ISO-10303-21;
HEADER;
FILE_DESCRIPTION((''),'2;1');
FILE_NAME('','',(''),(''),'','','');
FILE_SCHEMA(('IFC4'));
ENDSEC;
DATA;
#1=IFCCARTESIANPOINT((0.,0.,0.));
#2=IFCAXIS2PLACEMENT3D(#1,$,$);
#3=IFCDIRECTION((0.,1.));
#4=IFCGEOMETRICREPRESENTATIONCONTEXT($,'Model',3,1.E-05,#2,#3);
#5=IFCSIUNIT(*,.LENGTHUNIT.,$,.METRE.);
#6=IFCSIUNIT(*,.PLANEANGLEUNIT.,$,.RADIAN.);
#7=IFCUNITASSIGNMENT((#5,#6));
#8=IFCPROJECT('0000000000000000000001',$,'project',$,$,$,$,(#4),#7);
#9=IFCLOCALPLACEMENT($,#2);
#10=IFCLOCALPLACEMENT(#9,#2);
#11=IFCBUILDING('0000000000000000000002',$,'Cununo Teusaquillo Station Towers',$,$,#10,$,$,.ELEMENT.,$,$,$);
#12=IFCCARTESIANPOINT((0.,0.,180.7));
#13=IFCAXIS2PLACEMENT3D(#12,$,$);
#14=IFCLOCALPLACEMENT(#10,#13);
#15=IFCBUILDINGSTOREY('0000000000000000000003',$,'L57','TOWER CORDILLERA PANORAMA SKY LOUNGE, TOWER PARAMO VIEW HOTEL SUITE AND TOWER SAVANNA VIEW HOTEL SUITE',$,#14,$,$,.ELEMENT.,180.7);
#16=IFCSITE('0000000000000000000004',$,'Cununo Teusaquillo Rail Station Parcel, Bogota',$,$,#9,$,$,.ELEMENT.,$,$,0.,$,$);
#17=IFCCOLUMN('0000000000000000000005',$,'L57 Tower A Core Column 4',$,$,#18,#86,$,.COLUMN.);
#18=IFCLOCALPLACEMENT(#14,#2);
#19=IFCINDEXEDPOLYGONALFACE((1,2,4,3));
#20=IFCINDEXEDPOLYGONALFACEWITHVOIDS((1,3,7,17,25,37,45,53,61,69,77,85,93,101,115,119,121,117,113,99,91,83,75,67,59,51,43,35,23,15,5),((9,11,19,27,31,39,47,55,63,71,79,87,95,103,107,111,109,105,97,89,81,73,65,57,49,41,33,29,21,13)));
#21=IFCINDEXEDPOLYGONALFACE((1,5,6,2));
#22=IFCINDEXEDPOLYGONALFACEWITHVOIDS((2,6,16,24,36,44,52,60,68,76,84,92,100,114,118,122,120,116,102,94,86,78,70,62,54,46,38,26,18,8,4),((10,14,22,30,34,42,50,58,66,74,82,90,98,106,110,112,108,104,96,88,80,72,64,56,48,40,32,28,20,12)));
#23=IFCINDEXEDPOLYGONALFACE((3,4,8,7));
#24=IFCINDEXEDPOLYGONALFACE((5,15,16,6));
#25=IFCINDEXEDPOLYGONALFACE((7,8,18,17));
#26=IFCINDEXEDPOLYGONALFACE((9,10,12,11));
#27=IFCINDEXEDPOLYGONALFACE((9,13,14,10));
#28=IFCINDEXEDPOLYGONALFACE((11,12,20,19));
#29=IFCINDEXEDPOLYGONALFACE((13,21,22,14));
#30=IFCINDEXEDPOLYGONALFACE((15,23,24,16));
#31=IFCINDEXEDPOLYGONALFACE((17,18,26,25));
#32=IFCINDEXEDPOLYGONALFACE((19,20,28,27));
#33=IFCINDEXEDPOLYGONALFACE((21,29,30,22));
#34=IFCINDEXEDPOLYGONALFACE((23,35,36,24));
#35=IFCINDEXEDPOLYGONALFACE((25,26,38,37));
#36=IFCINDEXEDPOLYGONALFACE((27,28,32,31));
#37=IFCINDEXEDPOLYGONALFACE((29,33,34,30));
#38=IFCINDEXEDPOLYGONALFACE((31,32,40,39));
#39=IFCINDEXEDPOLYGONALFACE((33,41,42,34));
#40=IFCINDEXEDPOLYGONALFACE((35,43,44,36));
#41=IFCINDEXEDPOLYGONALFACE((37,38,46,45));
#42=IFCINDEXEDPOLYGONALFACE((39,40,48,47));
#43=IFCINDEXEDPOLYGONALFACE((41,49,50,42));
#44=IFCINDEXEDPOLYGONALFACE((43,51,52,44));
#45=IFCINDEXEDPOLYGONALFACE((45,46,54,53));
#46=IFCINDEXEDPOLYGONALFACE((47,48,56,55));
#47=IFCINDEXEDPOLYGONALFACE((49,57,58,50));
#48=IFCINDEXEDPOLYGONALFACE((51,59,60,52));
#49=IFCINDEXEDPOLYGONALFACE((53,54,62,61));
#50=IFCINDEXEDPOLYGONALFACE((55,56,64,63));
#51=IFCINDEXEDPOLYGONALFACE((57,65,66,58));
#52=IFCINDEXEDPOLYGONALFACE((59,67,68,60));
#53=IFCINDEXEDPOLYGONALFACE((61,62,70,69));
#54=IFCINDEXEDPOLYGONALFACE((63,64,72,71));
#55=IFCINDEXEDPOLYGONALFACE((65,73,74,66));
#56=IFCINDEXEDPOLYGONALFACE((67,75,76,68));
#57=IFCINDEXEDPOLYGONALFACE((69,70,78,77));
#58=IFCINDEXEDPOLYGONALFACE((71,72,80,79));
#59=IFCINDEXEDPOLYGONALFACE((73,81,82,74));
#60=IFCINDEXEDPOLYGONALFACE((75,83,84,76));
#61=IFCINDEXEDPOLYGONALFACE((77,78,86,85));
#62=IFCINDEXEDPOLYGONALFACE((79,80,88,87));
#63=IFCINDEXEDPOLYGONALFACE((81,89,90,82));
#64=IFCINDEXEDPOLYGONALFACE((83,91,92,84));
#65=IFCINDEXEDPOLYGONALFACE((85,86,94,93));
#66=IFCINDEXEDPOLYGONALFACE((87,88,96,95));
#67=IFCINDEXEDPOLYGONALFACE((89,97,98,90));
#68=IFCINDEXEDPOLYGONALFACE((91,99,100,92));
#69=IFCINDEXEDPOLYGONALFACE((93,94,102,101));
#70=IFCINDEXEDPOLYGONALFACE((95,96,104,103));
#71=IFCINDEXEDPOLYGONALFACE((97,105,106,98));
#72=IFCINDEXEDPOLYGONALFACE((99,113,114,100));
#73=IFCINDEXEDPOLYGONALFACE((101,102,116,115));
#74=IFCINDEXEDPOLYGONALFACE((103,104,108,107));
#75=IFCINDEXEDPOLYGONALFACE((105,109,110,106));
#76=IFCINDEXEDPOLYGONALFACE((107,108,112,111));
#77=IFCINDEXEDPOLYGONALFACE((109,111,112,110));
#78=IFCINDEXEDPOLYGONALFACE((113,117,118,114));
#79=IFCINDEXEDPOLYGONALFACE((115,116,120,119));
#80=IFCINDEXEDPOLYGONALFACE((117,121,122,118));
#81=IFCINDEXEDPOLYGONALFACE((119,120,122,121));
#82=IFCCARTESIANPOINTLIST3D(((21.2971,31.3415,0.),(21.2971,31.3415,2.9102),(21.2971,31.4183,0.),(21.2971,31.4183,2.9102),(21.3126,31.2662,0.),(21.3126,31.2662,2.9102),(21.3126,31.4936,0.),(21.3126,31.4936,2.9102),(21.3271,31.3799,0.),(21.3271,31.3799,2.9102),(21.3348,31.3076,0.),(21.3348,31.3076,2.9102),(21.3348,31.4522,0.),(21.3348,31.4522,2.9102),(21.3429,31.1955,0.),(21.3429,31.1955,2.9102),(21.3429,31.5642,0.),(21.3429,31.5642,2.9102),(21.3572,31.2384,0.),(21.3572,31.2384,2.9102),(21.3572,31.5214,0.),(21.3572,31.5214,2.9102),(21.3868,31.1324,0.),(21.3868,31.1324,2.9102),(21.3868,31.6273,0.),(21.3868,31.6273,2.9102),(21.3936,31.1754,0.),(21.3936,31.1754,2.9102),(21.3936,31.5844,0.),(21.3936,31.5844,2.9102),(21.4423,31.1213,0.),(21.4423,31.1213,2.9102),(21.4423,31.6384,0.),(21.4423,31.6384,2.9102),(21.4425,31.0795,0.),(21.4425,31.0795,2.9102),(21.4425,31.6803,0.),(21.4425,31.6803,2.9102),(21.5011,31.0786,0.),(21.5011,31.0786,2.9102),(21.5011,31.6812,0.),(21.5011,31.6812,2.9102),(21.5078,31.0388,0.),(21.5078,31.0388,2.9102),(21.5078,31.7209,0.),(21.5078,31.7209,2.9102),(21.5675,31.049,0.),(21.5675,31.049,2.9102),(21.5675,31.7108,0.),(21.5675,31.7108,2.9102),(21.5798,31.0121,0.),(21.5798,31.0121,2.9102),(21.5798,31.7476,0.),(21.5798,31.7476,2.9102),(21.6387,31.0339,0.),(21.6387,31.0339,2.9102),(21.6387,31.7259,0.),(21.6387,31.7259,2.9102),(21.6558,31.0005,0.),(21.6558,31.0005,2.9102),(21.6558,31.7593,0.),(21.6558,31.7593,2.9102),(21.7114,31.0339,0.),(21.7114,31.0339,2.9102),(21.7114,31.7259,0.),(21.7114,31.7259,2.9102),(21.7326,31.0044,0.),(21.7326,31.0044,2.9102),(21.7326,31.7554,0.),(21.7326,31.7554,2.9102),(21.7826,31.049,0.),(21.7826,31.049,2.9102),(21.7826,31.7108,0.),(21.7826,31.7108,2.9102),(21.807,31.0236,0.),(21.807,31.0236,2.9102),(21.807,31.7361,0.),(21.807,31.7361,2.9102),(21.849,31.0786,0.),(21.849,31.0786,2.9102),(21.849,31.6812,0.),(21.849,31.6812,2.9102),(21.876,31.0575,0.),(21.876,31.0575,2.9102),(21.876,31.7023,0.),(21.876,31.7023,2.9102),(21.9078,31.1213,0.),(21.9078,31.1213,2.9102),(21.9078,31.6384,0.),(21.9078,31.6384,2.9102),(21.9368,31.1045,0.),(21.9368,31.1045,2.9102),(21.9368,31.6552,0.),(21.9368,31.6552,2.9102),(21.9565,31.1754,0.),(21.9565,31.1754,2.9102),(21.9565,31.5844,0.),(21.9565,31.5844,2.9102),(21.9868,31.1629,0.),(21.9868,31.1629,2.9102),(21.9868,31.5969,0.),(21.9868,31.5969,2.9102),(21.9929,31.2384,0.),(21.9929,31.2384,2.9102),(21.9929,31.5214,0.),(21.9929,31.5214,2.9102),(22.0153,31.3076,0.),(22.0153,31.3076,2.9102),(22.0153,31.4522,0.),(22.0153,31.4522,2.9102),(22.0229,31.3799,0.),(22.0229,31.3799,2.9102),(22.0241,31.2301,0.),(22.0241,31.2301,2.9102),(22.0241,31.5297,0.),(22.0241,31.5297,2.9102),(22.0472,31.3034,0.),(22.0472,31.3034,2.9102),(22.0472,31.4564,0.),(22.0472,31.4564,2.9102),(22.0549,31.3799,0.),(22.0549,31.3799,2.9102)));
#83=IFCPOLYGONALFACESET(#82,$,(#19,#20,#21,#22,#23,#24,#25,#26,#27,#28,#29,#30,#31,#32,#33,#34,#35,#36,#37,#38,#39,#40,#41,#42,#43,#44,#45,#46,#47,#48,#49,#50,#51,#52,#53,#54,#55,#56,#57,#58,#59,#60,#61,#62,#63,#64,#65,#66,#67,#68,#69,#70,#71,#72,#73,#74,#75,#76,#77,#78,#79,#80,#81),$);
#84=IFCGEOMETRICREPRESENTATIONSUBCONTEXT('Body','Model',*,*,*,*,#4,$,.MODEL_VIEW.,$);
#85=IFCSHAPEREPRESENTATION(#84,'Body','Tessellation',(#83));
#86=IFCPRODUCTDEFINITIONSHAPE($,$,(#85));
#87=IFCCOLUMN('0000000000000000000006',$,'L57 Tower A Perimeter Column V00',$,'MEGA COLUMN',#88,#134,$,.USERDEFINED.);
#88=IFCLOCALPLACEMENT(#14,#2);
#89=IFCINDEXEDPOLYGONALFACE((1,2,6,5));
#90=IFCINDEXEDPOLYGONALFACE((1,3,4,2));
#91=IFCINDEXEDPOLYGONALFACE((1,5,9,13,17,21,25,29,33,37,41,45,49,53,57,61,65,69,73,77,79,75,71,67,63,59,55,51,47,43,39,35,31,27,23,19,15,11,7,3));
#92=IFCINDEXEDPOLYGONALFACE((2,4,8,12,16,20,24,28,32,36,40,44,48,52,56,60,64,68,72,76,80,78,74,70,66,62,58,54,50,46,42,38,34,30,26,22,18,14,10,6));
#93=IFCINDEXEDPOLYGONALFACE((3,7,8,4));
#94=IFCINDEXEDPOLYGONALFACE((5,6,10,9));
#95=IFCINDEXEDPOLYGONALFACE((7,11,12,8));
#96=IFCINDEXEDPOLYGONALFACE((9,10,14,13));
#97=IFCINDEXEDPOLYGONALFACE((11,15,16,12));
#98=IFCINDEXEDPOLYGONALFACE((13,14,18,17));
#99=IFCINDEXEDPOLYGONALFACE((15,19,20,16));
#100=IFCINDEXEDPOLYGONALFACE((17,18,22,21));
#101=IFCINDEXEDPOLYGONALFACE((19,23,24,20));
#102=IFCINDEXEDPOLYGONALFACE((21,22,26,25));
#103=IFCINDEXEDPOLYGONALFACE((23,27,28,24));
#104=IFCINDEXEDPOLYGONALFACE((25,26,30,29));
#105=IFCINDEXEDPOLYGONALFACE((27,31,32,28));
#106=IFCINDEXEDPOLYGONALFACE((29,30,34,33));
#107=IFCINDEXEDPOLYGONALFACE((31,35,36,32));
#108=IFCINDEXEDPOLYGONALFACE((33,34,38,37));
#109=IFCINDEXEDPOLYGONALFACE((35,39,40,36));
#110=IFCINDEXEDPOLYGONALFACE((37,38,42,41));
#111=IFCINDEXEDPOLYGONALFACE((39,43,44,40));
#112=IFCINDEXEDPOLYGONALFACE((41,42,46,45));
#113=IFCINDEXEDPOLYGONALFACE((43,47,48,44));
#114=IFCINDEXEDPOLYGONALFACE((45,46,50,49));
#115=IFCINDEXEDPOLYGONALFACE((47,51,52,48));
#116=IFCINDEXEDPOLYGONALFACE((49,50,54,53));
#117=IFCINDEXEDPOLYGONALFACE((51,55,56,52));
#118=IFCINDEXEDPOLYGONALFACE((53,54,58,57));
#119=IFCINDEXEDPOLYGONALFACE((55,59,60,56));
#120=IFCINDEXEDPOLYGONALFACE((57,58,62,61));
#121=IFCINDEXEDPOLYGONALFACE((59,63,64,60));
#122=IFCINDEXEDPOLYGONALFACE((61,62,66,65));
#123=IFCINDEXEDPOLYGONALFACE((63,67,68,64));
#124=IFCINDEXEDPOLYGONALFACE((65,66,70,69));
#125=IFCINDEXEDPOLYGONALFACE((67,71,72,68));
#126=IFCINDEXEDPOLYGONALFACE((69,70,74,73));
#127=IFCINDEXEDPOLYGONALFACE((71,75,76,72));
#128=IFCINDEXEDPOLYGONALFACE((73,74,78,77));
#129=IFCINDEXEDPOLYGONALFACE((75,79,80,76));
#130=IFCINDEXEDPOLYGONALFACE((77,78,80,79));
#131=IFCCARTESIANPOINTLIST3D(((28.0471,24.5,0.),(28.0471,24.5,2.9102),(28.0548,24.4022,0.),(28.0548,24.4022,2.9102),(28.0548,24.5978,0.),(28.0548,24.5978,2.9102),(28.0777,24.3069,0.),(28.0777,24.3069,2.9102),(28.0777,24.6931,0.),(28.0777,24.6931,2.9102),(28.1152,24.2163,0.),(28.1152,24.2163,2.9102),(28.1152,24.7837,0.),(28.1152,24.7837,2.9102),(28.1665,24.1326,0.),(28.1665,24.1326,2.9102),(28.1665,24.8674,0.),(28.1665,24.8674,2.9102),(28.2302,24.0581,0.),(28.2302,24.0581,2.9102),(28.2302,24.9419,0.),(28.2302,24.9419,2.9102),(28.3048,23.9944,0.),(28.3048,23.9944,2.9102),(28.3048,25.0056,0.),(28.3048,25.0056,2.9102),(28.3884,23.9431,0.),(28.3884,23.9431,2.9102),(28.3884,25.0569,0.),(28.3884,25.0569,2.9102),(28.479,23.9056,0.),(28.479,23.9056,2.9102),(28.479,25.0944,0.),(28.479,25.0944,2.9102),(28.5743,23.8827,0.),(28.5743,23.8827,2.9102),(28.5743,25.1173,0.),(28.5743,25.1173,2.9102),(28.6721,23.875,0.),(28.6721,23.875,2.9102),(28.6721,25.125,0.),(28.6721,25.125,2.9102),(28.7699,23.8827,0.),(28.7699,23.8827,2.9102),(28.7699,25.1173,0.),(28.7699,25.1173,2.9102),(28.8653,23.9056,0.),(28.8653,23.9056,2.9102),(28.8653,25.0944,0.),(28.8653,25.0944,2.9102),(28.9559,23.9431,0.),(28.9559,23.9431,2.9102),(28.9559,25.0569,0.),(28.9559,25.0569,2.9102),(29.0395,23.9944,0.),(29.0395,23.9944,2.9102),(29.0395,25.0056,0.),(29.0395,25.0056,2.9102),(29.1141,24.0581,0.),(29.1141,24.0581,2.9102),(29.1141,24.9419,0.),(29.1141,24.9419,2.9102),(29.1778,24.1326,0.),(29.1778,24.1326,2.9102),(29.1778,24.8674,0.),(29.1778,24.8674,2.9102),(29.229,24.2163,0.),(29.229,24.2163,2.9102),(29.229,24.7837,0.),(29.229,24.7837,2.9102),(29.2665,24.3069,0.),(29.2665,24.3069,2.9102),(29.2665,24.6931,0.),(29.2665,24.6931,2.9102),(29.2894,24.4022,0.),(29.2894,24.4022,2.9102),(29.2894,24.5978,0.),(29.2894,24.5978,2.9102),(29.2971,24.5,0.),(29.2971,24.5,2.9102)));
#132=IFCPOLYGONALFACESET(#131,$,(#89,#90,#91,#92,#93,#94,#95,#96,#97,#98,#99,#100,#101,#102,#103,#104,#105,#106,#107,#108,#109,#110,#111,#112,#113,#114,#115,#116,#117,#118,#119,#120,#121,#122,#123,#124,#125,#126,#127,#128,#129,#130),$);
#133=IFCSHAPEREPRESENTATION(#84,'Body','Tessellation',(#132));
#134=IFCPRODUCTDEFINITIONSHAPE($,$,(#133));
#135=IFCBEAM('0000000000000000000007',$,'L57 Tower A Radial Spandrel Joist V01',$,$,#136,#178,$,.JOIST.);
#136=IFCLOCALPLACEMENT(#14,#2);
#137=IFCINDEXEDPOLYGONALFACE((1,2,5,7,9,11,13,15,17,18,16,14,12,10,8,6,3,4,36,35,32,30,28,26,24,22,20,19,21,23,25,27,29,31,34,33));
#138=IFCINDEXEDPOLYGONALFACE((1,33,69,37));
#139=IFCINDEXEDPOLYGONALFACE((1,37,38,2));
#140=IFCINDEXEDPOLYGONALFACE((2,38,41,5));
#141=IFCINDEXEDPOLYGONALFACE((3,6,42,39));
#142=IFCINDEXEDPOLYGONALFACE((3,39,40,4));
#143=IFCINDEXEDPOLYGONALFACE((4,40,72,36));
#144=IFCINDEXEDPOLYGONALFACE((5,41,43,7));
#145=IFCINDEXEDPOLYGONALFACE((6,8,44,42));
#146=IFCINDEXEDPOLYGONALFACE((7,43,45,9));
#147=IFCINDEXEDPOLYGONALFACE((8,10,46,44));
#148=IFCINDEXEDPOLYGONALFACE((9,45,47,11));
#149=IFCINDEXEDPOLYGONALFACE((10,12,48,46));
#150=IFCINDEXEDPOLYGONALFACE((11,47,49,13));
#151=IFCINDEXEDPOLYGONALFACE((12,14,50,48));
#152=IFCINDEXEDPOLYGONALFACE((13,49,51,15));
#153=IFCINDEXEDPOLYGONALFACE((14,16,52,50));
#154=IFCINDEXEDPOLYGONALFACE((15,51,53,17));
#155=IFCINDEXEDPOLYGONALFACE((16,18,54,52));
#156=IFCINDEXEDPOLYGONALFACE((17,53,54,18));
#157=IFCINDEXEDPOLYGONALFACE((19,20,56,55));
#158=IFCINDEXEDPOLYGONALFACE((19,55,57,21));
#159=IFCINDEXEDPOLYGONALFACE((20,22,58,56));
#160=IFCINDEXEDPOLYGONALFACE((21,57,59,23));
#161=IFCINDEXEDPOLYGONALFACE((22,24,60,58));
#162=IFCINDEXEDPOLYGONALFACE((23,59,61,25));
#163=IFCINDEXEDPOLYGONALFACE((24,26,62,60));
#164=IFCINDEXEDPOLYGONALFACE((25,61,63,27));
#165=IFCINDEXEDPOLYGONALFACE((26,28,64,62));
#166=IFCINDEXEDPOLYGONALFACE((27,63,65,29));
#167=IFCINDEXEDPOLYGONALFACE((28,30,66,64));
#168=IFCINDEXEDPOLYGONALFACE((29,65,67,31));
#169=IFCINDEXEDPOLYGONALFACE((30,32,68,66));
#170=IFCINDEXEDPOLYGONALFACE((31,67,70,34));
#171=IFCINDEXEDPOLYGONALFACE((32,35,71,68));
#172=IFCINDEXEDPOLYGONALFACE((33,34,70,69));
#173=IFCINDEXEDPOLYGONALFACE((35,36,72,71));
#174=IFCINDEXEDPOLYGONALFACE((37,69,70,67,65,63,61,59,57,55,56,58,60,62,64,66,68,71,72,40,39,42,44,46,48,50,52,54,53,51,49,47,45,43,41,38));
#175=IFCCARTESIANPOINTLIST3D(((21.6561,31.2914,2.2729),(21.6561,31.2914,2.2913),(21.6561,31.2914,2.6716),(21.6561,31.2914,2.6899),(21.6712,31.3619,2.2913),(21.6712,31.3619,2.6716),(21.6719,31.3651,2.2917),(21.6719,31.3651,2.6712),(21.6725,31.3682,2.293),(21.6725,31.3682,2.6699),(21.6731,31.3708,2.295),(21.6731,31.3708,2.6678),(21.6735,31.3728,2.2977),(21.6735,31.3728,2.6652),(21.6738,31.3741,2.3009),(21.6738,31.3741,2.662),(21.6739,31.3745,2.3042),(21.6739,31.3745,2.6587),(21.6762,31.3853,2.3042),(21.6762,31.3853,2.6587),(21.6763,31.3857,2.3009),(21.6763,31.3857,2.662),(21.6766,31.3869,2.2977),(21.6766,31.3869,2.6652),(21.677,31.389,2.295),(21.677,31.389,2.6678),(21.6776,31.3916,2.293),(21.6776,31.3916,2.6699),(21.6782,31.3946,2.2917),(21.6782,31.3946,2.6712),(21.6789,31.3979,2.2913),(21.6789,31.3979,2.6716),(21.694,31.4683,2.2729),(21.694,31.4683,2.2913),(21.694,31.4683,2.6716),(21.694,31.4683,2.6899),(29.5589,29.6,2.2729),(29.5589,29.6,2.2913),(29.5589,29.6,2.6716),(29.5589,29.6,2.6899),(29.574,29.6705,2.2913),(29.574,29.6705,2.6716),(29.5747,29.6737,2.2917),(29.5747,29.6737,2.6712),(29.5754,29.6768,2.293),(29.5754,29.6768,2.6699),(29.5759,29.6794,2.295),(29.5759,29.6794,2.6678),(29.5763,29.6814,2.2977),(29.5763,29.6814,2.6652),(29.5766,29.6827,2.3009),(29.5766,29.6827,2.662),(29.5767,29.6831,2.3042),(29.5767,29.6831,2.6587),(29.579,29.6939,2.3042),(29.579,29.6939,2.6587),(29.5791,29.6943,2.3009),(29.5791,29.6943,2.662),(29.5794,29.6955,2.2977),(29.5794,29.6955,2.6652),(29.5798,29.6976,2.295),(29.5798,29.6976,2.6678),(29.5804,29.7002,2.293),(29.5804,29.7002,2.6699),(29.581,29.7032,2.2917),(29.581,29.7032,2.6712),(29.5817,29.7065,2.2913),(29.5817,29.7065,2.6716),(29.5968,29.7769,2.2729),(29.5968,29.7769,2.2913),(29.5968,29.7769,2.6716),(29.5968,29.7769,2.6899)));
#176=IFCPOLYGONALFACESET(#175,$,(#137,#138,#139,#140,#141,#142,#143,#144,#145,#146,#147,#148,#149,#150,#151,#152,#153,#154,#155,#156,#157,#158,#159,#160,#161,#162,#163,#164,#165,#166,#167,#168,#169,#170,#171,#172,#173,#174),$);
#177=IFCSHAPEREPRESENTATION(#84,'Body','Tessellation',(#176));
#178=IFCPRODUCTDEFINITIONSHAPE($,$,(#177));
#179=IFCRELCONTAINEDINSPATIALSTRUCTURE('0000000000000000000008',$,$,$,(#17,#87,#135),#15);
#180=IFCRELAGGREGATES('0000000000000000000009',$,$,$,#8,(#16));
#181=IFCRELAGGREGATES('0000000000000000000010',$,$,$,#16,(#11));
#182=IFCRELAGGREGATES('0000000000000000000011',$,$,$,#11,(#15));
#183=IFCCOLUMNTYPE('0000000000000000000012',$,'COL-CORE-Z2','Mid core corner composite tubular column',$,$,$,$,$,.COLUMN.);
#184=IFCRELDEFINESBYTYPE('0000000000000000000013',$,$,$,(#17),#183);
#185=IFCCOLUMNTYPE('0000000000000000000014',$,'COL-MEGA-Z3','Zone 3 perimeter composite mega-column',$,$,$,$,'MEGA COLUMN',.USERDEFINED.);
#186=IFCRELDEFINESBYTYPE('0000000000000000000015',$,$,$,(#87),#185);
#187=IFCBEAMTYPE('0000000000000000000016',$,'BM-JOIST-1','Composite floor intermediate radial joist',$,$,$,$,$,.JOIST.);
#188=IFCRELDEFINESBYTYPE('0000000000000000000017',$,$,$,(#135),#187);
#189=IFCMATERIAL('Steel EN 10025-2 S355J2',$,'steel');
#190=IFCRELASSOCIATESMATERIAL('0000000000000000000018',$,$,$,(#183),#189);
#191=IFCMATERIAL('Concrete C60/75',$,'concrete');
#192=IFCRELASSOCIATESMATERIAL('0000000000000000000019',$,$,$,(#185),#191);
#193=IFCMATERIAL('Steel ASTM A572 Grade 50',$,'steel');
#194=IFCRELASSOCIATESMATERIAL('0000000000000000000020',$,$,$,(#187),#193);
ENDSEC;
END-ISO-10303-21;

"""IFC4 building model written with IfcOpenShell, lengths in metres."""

from ifc_helpers import new_model, si_unit, direction, frame, origin, origin_2d, place, context, subcontext, project, spatial, circle, hollow_circle, i_section, extrude, material, material_profile, profile_set, type_object, element, save


model = new_model("IFC4")

# Units and contexts
model_context = context("Model", 3, precision=1e-05, world=origin(), true_north=direction((0.0, 1.0)))
body_context = subcontext(model_context, "Body", "Model", "MODEL_VIEW")
ifc_project = project(units=[si_unit("LENGTHUNIT", "METRE"), si_unit("PLANEANGLEUNIT", "RADIAN")], contexts=[model_context])

# Site, building, storey
site_placement = place(None, origin())
site = spatial("IfcSite", under=ifc_project, at=site_placement, Name="Cununo Teusaquillo Rail Station Parcel, Bogota", CompositionType="ELEMENT", RefElevation=0.0)
building_placement = place(site_placement, origin())
building = spatial("IfcBuilding", under=site, at=building_placement, Name="Cununo Teusaquillo Station Towers", CompositionType="ELEMENT")
storey_placement = place(building_placement, frame((0.0, 0.0, 180.7)))
storey = spatial("IfcBuildingStorey", under=building, at=storey_placement, Name="L57", Description="TOWER CORDILLERA PANORAMA SKY LOUNGE, TOWER PARAMO VIEW HOTEL SUITE AND TOWER SAVANNA VIEW HOTEL SUITE", CompositionType="ELEMENT", Elevation=180.7)

# Columns
ifc_material_1 = material(Name="Steel EN 10025-2 S355J2", Category="steel")
ifc_material_profile_1 = material_profile(ifc_material_1, hollow_circle(Radius=0.3799, WallThickness=0.032, at=origin_2d()), Name="CHS 760x32")
ifc_profile_set_1 = profile_set([ifc_material_profile_1], Name="Steel EN 10025-2 S355J2")
column_type_1 = type_object("IfcColumnType", Name="COL-CORE-Z2", Description="Mid core corner composite tubular column", PredefinedType="COLUMN", material=ifc_profile_set_1)
column_1_placement = place(storey_placement, frame((21.675, 31.3799, 0.0), z_axis=(0.0, 0.0, 1.0), x_axis=(1.0, 0.0, 0.0)))
element("IfcColumn", 1, at=column_1_placement, inside=storey, type_object=column_type_1, Name="L57 Tower A Core Column 4", PredefinedType="COLUMN", context=body_context, shape_type="SweptSolid", body=[
    extrude(hollow_circle(Radius=0.3799, WallThickness=0.032, at=origin_2d()), origin(), (0.0, 0.0, 1.0), 2.9102),
])
ifc_material_2 = material(Name="Concrete C60/75", Category="concrete")
ifc_material_profile_2 = material_profile(ifc_material_2, circle(Radius=0.625, at=origin_2d()), Name="RC-CIRC-1250")
ifc_profile_set_2 = profile_set([ifc_material_profile_2], Name="Concrete C60/75")
column_type_2 = type_object("IfcColumnType", Name="COL-MEGA-Z3", Description="Zone 3 perimeter composite mega-column", ElementType="MEGA COLUMN", PredefinedType="USERDEFINED", material=ifc_profile_set_2)
column_2_placement = place(storey_placement, frame((28.6721, 24.5, 0.0), z_axis=(0.0, 0.0, 1.0), x_axis=(1.0, 0.0, 0.0)))
element("IfcColumn", 2, at=column_2_placement, inside=storey, type_object=column_type_2, Name="L57 Tower A Perimeter Column V00", ObjectType="MEGA COLUMN", PredefinedType="USERDEFINED", context=body_context, shape_type="SweptSolid", body=[
    extrude(circle(Radius=0.625, at=origin_2d()), origin(), (0.0, 0.0, 1.0), 2.9102),
])

# Beam
ifc_material_3 = material(Name="Steel ASTM A572 Grade 50", Category="steel")
ifc_material_profile_3 = material_profile(ifc_material_3, i_section(OverallWidth=0.1809, OverallDepth=0.417, WebThickness=0.011, FlangeThickness=0.0183, FilletRadius=0.0129, at=origin_2d()), Name="W16X57")
ifc_profile_set_3 = profile_set([ifc_material_profile_3], Name="Steel ASTM A572 Grade 50")
beam_type_1 = type_object("IfcBeamType", Name="BM-JOIST-1", Description="Composite floor intermediate radial joist", PredefinedType="JOIST", material=ifc_profile_set_3)
beam_1_placement = place(storey_placement, frame((21.675, 31.3799, 2.4814), z_axis=(0.977855, -0.209286, 0.0), x_axis=(0.209286, 0.977855, 0.0)))
element("IfcBeam", 3, at=beam_1_placement, inside=storey, type_object=beam_type_1, Name="L57 Tower A Radial Spandrel Joist V01", PredefinedType="JOIST", context=body_context, shape_type="SweptSolid", body=[
    extrude(i_section(OverallWidth=0.1809, OverallDepth=0.417, WebThickness=0.011, FlangeThickness=0.0183, FilletRadius=0.0129, at=origin_2d()), origin(), (0.0, 0.0, 1.0), 8.0818),
])

save(model, "model.ifc")
